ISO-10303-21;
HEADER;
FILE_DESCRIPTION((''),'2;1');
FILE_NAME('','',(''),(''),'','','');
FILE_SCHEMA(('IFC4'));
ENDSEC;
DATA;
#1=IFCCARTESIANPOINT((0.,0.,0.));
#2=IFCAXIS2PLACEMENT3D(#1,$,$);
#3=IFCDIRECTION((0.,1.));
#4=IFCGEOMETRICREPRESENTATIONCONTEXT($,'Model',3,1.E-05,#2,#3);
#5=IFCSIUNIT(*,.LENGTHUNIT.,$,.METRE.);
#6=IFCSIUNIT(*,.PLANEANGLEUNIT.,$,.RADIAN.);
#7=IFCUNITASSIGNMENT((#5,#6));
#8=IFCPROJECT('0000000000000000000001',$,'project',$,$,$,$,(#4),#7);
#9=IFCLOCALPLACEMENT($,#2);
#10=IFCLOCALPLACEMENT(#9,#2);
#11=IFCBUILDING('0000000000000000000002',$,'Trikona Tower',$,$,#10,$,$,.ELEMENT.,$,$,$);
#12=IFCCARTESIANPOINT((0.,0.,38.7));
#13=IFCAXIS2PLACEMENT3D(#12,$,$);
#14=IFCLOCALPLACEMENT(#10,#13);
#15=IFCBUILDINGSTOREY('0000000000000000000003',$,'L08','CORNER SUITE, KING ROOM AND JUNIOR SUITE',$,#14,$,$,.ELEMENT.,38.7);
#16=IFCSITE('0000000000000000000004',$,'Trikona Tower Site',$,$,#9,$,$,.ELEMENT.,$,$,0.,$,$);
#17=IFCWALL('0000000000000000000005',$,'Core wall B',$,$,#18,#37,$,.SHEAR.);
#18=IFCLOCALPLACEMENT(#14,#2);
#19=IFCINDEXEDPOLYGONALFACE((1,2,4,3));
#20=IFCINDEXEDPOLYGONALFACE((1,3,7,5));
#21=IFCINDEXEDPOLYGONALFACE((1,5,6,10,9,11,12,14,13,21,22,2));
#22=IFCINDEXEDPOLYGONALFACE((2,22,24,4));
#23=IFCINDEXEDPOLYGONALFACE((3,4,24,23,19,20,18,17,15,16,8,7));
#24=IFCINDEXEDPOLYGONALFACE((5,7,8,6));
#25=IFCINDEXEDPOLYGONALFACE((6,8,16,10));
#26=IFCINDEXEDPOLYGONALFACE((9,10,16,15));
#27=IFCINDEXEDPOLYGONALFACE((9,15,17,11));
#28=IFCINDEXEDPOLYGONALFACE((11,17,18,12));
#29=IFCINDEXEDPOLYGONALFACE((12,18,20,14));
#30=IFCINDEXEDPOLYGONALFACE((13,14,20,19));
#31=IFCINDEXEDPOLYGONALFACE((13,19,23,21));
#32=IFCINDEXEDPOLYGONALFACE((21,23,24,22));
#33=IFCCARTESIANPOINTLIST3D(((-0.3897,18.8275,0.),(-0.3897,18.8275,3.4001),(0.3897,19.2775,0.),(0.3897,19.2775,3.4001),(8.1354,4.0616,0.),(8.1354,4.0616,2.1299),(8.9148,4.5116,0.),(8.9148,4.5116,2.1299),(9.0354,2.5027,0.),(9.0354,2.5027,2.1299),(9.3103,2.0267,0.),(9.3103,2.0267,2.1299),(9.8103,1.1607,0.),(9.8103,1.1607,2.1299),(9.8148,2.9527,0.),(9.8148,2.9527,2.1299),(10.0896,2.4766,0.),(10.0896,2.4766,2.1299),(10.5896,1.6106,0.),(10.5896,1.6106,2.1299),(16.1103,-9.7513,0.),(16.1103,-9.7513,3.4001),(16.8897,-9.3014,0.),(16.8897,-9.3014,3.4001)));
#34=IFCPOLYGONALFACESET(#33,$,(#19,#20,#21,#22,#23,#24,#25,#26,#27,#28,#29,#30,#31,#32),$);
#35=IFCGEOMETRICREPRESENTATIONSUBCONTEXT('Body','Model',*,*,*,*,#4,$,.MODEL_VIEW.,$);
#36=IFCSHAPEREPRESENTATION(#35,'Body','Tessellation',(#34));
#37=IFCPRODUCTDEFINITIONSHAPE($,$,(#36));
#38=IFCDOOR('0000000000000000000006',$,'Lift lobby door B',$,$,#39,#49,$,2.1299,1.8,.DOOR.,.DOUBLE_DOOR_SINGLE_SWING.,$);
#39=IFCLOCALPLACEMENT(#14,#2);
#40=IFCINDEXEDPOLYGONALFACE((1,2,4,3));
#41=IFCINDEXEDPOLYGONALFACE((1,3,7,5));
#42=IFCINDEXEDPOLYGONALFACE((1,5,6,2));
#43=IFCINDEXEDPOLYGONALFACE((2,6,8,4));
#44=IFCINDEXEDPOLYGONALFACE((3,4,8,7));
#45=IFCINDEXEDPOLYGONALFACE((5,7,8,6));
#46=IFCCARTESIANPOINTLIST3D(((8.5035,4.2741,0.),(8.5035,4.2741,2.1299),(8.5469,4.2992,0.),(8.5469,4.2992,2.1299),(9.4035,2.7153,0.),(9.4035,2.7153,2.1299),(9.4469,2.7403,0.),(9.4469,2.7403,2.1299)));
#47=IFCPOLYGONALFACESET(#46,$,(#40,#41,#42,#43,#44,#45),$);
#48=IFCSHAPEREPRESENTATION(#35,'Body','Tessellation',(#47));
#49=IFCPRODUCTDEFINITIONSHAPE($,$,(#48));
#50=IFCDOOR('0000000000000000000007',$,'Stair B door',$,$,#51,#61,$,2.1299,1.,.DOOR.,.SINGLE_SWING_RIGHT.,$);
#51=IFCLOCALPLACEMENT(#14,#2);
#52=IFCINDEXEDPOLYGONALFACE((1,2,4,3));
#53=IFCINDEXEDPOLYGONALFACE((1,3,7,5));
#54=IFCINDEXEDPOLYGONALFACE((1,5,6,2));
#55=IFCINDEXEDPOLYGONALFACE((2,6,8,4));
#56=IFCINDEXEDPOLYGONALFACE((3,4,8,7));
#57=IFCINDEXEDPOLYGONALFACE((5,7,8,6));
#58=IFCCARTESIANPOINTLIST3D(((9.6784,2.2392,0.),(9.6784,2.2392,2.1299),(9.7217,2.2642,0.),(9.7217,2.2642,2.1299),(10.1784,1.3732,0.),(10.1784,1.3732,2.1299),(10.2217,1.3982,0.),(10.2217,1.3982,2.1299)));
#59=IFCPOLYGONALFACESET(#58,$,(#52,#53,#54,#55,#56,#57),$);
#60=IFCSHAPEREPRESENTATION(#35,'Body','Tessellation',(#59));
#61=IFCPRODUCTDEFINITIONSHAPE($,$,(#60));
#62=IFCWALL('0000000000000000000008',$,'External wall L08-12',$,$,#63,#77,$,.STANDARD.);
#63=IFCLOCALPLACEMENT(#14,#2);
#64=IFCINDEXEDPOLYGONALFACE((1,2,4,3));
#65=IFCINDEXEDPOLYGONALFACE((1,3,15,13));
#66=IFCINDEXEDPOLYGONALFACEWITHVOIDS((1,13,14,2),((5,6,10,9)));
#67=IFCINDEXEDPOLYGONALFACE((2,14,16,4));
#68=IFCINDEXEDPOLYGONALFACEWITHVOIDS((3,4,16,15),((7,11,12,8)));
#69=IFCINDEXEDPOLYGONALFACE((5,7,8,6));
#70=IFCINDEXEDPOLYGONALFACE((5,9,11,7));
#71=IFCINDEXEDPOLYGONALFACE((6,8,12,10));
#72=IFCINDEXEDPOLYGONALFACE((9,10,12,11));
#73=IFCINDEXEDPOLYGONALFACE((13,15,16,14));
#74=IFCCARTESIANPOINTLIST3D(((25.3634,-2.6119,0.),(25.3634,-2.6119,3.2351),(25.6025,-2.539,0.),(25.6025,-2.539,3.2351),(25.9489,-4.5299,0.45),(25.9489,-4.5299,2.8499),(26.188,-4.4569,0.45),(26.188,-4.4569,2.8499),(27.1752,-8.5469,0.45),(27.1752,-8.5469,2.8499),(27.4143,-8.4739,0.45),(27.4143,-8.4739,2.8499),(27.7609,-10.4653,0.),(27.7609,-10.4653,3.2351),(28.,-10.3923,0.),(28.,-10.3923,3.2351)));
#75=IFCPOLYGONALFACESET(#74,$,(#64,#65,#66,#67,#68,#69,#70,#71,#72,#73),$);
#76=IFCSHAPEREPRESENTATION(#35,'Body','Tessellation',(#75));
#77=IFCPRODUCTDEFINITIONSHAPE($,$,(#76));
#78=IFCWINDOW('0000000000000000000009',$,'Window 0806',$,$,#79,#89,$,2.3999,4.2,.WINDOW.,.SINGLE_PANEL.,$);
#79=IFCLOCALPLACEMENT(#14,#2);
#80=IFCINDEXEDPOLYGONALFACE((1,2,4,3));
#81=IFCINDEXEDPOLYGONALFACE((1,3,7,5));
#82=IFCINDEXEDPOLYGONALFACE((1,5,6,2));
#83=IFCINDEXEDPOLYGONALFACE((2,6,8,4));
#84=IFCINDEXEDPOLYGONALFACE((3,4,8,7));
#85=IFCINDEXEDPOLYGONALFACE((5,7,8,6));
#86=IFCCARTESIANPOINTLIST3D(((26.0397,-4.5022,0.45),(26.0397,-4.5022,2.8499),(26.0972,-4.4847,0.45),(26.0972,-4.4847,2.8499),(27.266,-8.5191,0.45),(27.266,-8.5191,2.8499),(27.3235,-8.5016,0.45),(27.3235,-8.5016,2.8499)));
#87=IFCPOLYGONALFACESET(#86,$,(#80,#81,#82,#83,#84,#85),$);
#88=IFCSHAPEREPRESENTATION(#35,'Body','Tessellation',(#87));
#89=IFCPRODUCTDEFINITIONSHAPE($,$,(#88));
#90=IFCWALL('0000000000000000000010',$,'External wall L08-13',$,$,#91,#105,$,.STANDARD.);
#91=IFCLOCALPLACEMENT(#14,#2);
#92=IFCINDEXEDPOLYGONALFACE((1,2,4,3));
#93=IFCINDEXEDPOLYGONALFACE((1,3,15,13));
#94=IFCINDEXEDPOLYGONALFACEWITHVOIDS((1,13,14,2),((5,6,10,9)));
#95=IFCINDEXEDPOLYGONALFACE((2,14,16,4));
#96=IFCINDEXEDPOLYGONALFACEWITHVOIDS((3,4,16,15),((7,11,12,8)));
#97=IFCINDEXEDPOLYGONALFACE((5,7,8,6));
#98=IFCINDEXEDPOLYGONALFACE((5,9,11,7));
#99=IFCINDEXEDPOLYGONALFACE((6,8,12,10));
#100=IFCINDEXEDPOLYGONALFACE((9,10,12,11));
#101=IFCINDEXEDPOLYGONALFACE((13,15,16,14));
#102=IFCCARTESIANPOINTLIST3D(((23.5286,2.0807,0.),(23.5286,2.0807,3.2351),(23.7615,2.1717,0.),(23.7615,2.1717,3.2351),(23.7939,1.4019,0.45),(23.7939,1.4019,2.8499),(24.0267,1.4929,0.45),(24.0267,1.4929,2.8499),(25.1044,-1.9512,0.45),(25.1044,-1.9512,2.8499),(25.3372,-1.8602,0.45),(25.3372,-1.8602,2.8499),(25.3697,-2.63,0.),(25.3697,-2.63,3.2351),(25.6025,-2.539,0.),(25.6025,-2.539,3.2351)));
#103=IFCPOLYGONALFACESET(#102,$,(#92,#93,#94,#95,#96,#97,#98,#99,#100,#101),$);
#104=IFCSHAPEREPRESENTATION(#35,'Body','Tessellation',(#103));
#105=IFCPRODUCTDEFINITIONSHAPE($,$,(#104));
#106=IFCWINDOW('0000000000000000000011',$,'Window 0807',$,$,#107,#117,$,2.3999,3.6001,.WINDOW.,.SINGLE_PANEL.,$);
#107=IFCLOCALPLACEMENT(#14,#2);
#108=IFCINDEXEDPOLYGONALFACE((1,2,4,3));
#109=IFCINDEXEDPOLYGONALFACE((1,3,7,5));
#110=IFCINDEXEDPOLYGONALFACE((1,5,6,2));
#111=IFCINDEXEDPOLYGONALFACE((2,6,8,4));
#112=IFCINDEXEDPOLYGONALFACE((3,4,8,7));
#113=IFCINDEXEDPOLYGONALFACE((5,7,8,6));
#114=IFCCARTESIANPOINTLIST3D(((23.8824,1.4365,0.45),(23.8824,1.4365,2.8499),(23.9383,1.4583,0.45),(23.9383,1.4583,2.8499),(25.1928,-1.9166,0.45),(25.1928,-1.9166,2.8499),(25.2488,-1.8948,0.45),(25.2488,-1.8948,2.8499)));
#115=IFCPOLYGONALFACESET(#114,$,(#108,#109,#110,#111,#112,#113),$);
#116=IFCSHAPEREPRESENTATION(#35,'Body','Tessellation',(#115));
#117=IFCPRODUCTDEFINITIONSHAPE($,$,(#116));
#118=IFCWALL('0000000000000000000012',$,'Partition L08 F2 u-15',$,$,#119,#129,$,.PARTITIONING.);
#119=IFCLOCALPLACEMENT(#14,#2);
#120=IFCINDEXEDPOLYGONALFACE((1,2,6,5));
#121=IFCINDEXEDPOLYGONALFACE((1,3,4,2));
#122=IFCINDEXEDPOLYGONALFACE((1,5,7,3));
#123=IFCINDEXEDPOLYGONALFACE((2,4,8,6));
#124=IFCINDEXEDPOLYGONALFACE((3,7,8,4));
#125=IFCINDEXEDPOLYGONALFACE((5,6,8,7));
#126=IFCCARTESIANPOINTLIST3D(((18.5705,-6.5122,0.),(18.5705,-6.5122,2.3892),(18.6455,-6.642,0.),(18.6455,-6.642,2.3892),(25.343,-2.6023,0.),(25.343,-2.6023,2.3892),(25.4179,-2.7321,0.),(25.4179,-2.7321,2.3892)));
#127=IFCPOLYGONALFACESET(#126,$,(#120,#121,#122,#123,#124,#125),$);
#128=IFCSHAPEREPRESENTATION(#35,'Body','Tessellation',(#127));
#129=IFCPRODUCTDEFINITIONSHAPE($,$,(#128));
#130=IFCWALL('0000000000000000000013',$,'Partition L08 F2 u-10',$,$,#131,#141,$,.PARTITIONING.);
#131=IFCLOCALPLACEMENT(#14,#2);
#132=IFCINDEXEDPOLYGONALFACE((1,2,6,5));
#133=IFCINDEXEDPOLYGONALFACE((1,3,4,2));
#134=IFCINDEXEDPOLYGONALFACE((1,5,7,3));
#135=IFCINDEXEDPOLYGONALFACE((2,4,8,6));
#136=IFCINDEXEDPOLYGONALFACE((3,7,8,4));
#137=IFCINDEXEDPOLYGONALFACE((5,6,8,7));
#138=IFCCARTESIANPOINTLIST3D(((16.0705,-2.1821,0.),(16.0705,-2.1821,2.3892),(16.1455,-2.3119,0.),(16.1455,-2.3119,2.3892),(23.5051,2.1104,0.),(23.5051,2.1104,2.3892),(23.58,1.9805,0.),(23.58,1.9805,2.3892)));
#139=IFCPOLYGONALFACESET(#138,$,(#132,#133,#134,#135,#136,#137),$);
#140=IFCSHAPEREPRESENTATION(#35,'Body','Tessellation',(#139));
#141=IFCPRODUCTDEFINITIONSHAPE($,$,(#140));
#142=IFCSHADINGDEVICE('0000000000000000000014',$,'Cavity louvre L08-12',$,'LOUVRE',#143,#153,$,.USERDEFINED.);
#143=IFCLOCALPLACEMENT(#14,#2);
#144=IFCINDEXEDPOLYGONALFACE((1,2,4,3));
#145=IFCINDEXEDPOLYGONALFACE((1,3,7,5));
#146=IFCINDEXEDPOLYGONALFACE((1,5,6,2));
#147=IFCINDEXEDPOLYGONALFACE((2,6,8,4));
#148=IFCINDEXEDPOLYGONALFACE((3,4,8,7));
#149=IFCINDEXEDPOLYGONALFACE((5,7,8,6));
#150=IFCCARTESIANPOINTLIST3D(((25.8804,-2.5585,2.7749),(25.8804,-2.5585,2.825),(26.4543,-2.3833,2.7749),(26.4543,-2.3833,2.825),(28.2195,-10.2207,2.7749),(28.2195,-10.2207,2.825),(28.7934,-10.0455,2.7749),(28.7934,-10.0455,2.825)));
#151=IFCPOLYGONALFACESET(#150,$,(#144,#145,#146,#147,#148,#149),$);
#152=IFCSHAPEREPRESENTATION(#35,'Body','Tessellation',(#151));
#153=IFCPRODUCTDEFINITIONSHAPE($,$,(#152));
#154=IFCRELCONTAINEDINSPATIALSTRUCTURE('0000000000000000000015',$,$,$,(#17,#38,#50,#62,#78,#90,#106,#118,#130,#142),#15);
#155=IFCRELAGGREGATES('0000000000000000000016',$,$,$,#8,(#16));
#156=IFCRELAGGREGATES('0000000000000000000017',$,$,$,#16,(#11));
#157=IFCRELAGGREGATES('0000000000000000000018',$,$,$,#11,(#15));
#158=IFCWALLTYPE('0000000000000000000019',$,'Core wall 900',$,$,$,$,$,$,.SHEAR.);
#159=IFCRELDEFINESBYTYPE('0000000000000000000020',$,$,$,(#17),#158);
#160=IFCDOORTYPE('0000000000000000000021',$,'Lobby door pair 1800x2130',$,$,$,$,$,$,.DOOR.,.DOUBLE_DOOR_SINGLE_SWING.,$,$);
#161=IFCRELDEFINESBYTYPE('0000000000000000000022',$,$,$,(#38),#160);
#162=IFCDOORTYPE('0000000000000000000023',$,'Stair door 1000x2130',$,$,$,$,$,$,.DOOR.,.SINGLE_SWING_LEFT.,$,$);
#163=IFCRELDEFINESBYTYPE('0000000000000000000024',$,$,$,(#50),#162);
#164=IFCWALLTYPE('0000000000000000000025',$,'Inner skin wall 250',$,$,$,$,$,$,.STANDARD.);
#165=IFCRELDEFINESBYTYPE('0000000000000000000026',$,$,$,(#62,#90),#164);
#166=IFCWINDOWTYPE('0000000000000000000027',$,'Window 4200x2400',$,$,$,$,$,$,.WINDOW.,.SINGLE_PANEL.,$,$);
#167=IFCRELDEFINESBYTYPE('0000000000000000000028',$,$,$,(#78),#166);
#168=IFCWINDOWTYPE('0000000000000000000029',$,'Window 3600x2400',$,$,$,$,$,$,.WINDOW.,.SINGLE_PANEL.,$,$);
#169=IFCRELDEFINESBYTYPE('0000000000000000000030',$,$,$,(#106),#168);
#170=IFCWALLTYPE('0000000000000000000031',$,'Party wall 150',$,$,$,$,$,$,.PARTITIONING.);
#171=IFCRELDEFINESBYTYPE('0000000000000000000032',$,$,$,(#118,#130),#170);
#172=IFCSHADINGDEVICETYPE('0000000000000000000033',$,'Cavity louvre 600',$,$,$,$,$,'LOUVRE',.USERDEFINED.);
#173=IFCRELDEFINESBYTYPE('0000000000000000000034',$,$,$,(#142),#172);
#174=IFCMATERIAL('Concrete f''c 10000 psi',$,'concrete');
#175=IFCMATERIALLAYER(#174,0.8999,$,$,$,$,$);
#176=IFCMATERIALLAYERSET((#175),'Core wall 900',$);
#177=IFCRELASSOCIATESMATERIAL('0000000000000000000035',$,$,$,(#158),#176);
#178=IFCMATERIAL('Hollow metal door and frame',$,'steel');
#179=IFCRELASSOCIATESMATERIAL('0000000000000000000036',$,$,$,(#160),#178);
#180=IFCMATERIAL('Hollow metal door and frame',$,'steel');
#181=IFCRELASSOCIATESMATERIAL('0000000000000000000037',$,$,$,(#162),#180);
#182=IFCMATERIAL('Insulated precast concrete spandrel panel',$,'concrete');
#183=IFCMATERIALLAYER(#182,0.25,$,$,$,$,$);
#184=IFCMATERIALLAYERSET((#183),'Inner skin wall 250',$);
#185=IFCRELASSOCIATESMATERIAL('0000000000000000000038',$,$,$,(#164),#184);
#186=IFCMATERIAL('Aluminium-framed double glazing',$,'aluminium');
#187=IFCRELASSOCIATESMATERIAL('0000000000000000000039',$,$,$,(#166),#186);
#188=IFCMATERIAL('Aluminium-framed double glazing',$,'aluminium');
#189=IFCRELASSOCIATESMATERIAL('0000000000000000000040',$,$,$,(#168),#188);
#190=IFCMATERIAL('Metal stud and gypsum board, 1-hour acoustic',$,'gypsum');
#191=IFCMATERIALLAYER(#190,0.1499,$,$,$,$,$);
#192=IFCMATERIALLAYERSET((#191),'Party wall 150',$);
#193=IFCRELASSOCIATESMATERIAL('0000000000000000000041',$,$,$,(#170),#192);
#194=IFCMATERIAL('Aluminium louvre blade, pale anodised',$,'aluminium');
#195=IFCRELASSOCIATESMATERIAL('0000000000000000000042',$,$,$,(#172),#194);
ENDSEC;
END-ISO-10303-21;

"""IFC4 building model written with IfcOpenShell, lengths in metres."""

from ifc_helpers import new_model, si_unit, direction, frame, frame_2d, origin, origin_2d, place, context, subcontext, project, spatial, rectangle, extrude, material, layer, layer_set, type_object, element, fill, save


model = new_model("IFC4")

# Units and contexts
model_context = context("Model", 3, precision=1e-05, world=origin(), true_north=direction((0.0, 1.0)))
body_context = subcontext(model_context, "Body", "Model", "MODEL_VIEW")
ifc_project = project(units=[si_unit("LENGTHUNIT", "METRE"), si_unit("PLANEANGLEUNIT", "RADIAN")], contexts=[model_context])

# Site, building, storey
site_placement = place(None, origin())
site = spatial("IfcSite", under=ifc_project, at=site_placement, Name="Trikona Tower Site", CompositionType="ELEMENT", RefElevation=0.0)
building_placement = place(site_placement, origin())
building = spatial("IfcBuilding", under=site, at=building_placement, Name="Trikona Tower", CompositionType="ELEMENT")
storey_placement = place(building_placement, frame((0.0, 0.0, 38.7)))
storey = spatial("IfcBuildingStorey", under=building, at=storey_placement, Name="L08", Description="CORNER SUITE, KING ROOM AND JUNIOR SUITE", CompositionType="ELEMENT", Elevation=38.7)

# Wall, openings, doors
ifc_material_1 = material(Name="Concrete f'c 10000 psi", Category="concrete")
ifc_layer_1 = layer(ifc_material_1, 0.8999)
ifc_layer_set_1 = layer_set([ifc_layer_1], Name="Core wall 900")
wall_type_1 = type_object("IfcWallType", Name="Core wall 900", PredefinedType="SHEAR", material=ifc_layer_set_1)
wall_1_placement = place(storey_placement, frame((16.5, -9.5264, 0.0), z_axis=(0.0, 0.0, 1.0), x_axis=(-0.5, 0.866026, 0.0)))
wall_1 = element("IfcWall", 1, at=wall_1_placement, inside=storey, type_object=wall_type_1, Name="Core wall B", PredefinedType="SHEAR", context=body_context, shape_type="SweptSolid", body=[
    extrude(rectangle(XDim=33.0, YDim=0.8999, at=frame_2d((16.5, 0.0))), origin(), (0.0, 0.0, 1.0), 3.4001),
])
opening_1_placement = place(wall_1_placement, frame((14.1499, 0.0, 0.0)))
opening_1 = element("IfcOpeningElement", 2, at=opening_1_placement, cuts=wall_1, PredefinedType="OPENING", context=body_context, shape_type="SweptSolid", body=[
    extrude(rectangle(XDim=1.8, YDim=2.1299, at=frame_2d((0.8999, 1.0649))), frame((0.0, 0.46, 0.0), z_axis=(0.0, -1.0, 0.0), x_axis=(1.0, 0.0, 0.0)), (0.0, 0.0, 1.0), 0.9199),
])
opening_2_placement = place(wall_1_placement, frame((12.6001, 0.0, 0.0)))
opening_2 = element("IfcOpeningElement", 3, at=opening_2_placement, cuts=wall_1, PredefinedType="OPENING", context=body_context, shape_type="SweptSolid", body=[
    extrude(rectangle(XDim=1.0, YDim=2.1299, at=frame_2d((0.5, 1.0649))), frame((0.0, 0.46, 0.0), z_axis=(0.0, -1.0, 0.0), x_axis=(1.0, 0.0, 0.0)), (0.0, 0.0, 1.0), 0.9199),
])
ifc_material_2 = material(Name="Hollow metal door and frame", Category="steel")
door_type_1 = type_object("IfcDoorType", Name="Lobby door pair 1800x2130", OperationType="DOUBLE_DOOR_SINGLE_SWING", PredefinedType="DOOR", material=ifc_material_2)
door_1_placement = place(opening_1_placement, origin())
door_1 = element("IfcDoor", 4, at=door_1_placement, inside=storey, type_object=door_type_1, Name="Lift lobby door B", OperationType="DOUBLE_DOOR_SINGLE_SWING", OverallHeight=2.1299, OverallWidth=1.8, PredefinedType="DOOR", context=body_context, shape_type="SweptSolid", body=[
    extrude(rectangle(XDim=1.8, YDim=2.1299, at=frame_2d((0.8999, 1.0649))), frame((0.0, 0.0249, 0.0), z_axis=(0.0, -1.0, 0.0), x_axis=(1.0, 0.0, 0.0)), (0.0, 0.0, 1.0), 0.05),
])
fill(opening_1, door_1)
ifc_material_3 = material(Name="Hollow metal door and frame", Category="steel")
door_type_2 = type_object("IfcDoorType", Name="Stair door 1000x2130", OperationType="SINGLE_SWING_LEFT", PredefinedType="DOOR", material=ifc_material_3)
door_2_placement = place(opening_2_placement, origin())
door_2 = element("IfcDoor", 5, at=door_2_placement, inside=storey, type_object=door_type_2, Name="Stair B door", OperationType="SINGLE_SWING_RIGHT", OverallHeight=2.1299, OverallWidth=1.0, PredefinedType="DOOR", context=body_context, shape_type="SweptSolid", body=[
    extrude(rectangle(XDim=1.0, YDim=2.1299, at=frame_2d((0.5, 1.0649))), frame((0.0, 0.0249, 0.0), z_axis=(0.0, -1.0, 0.0), x_axis=(1.0, 0.0, 0.0)), (0.0, 0.0, 1.0), 0.05),
])
fill(opening_2, door_2)

# Walls, openings, windows
ifc_material_4 = material(Name="Insulated precast concrete spandrel panel", Category="concrete")
ifc_layer_2 = layer(ifc_material_4, 0.25)
ifc_layer_set_2 = layer_set([ifc_layer_2], Name="Inner skin wall 250")
wall_type_2 = type_object("IfcWallType", Name="Inner skin wall 250", PredefinedType="STANDARD", material=ifc_layer_set_2)
wall_2_placement = place(storey_placement, frame((27.8804, -10.4287, 0.0), z_axis=(0.0, 0.0, 1.0), x_axis=(-0.291979, 0.956425, 0.0)))
wall_2 = element("IfcWall", 6, at=wall_2_placement, inside=storey, type_object=wall_type_2, Name="External wall L08-12", PredefinedType="STANDARD", context=body_context, shape_type="SweptSolid", body=[
    extrude(rectangle(XDim=8.2112, YDim=0.25, at=frame_2d((4.1055, 0.0))), origin(), (0.0, 0.0, 1.0), 3.2351),
])
opening_3_placement = place(wall_2_placement, frame((2.0056, 0.0, 0.45)))
opening_3 = element("IfcOpeningElement", 7, at=opening_3_placement, cuts=wall_2, PredefinedType="OPENING", context=body_context, shape_type="SweptSolid", body=[
    extrude(rectangle(XDim=4.2, YDim=2.3999, at=frame_2d((2.1001, 1.2))), frame((0.0, 0.135, 0.0), z_axis=(0.0, -1.0, 0.0), x_axis=(1.0, 0.0, 0.0)), (0.0, 0.0, 1.0), 0.27),
])
ifc_material_5 = material(Name="Aluminium-framed double glazing", Category="aluminium")
window_type_1 = type_object("IfcWindowType", Name="Window 4200x2400", PartitioningType="SINGLE_PANEL", PredefinedType="WINDOW", material=ifc_material_5)
window_1_placement = place(opening_3_placement, origin())
window_1 = element("IfcWindow", 8, at=window_1_placement, inside=storey, type_object=window_type_1, Name="Window 0806", OverallHeight=2.3999, OverallWidth=4.2, PartitioningType="SINGLE_PANEL", PredefinedType="WINDOW", context=body_context, shape_type="SweptSolid", body=[
    extrude(rectangle(XDim=4.2, YDim=2.3999, at=frame_2d((2.1001, 1.2))), frame((0.0, 0.03, 0.0), z_axis=(0.0, -1.0, 0.0), x_axis=(1.0, 0.0, 0.0)), (0.0, 0.0, 1.0), 0.0601),
])
fill(opening_3, window_1)
wall_3_placement = place(storey_placement, frame((25.4861, -2.5845, 0.0), z_axis=(0.0, 0.0, 1.0), x_axis=(-0.364013, 0.931394, 0.0)))
wall_3 = element("IfcWall", 9, at=wall_3_placement, inside=storey, type_object=wall_type_2, Name="External wall L08-13", PredefinedType="STANDARD", context=body_context, shape_type="SweptSolid", body=[
    extrude(rectangle(XDim=5.0576, YDim=0.25, at=frame_2d((2.5288, 0.0))), origin(), (0.0, 0.0, 1.0), 3.2351),
])
opening_4_placement = place(wall_3_placement, frame((0.7288, 0.0, 0.45)))
opening_4 = element("IfcOpeningElement", 10, at=opening_4_placement, cuts=wall_3, PredefinedType="OPENING", context=body_context, shape_type="SweptSolid", body=[
    extrude(rectangle(XDim=3.6001, YDim=2.3999, at=frame_2d((1.8, 1.2))), frame((0.0, 0.135, 0.0), z_axis=(0.0, -1.0, 0.0), x_axis=(1.0, 0.0, 0.0)), (0.0, 0.0, 1.0), 0.27),
])
ifc_material_6 = material(Name="Aluminium-framed double glazing", Category="aluminium")
window_type_2 = type_object("IfcWindowType", Name="Window 3600x2400", PartitioningType="SINGLE_PANEL", PredefinedType="WINDOW", material=ifc_material_6)
window_2_placement = place(opening_4_placement, origin())
window_2 = element("IfcWindow", 11, at=window_2_placement, inside=storey, type_object=window_type_2, Name="Window 0807", OverallHeight=2.3999, OverallWidth=3.6001, PartitioningType="SINGLE_PANEL", PredefinedType="WINDOW", context=body_context, shape_type="SweptSolid", body=[
    extrude(rectangle(XDim=3.6001, YDim=2.3999, at=frame_2d((1.8, 1.2))), frame((0.0, 0.03, 0.0), z_axis=(0.0, -1.0, 0.0), x_axis=(1.0, 0.0, 0.0)), (0.0, 0.0, 1.0), 0.0601),
])
fill(opening_4, window_2)

# Walls
ifc_material_7 = material(Name="Metal stud and gypsum board, 1-hour acoustic", Category="gypsum")
ifc_layer_3 = layer(ifc_material_7, 0.1499)
ifc_layer_set_3 = layer_set([ifc_layer_3], Name="Party wall 150")
wall_type_3 = type_object("IfcWallType", Name="Party wall 150", PredefinedType="PARTITIONING", material=ifc_layer_set_3)
wall_4_placement = place(storey_placement, frame((18.6079, -6.5771, 0.0), z_axis=(0.0, 0.0, 1.0), x_axis=(0.866035, 0.499984, 0.0)))
element("IfcWall", 12, at=wall_4_placement, inside=storey, type_object=wall_type_3, Name="Partition L08 F2 u-15", PredefinedType="PARTITIONING", context=body_context, shape_type="SweptSolid", body=[
    extrude(rectangle(XDim=7.8201, YDim=0.1499, at=frame_2d((3.9102, 0.0))), origin(), (0.0, 0.0, 1.0), 2.3892),
])
wall_5_placement = place(storey_placement, frame((16.1079, -2.2471, 0.0), z_axis=(0.0, 0.0, 1.0), x_axis=(0.866019, 0.500011, 0.0)))
element("IfcWall", 13, at=wall_5_placement, inside=storey, type_object=wall_type_3, Name="Partition L08 F2 u-10", PredefinedType="PARTITIONING", context=body_context, shape_type="SweptSolid", body=[
    extrude(rectangle(XDim=8.5847, YDim=0.1499, at=frame_2d((4.2925, 0.0))), origin(), (0.0, 0.0, 1.0), 2.3892),
])

# Shading device
ifc_material_8 = material(Name="Aluminium louvre blade, pale anodised", Category="aluminium")
shading_device_type = type_object("IfcShadingDeviceType", Name="Cavity louvre 600", ElementType="LOUVRE", PredefinedType="USERDEFINED", material=ifc_material_8)
shading_device_placement = place(storey_placement, frame((27.3369, -6.302, 2.7749), z_axis=(0.0, 0.0, 1.0), x_axis=(-0.291979, 0.956425, 0.0)))
element("IfcShadingDevice", 14, at=shading_device_placement, inside=storey, type_object=shading_device_type, Name="Cavity louvre L08-12", ObjectType="LOUVRE", PredefinedType="USERDEFINED", context=body_context, shape_type="SweptSolid", body=[
    extrude(rectangle(XDim=8.0112, YDim=0.6001, at=origin_2d()), origin(), (0.0, 0.0, 1.0), 0.05),
])

save(model, "model.ifc")
